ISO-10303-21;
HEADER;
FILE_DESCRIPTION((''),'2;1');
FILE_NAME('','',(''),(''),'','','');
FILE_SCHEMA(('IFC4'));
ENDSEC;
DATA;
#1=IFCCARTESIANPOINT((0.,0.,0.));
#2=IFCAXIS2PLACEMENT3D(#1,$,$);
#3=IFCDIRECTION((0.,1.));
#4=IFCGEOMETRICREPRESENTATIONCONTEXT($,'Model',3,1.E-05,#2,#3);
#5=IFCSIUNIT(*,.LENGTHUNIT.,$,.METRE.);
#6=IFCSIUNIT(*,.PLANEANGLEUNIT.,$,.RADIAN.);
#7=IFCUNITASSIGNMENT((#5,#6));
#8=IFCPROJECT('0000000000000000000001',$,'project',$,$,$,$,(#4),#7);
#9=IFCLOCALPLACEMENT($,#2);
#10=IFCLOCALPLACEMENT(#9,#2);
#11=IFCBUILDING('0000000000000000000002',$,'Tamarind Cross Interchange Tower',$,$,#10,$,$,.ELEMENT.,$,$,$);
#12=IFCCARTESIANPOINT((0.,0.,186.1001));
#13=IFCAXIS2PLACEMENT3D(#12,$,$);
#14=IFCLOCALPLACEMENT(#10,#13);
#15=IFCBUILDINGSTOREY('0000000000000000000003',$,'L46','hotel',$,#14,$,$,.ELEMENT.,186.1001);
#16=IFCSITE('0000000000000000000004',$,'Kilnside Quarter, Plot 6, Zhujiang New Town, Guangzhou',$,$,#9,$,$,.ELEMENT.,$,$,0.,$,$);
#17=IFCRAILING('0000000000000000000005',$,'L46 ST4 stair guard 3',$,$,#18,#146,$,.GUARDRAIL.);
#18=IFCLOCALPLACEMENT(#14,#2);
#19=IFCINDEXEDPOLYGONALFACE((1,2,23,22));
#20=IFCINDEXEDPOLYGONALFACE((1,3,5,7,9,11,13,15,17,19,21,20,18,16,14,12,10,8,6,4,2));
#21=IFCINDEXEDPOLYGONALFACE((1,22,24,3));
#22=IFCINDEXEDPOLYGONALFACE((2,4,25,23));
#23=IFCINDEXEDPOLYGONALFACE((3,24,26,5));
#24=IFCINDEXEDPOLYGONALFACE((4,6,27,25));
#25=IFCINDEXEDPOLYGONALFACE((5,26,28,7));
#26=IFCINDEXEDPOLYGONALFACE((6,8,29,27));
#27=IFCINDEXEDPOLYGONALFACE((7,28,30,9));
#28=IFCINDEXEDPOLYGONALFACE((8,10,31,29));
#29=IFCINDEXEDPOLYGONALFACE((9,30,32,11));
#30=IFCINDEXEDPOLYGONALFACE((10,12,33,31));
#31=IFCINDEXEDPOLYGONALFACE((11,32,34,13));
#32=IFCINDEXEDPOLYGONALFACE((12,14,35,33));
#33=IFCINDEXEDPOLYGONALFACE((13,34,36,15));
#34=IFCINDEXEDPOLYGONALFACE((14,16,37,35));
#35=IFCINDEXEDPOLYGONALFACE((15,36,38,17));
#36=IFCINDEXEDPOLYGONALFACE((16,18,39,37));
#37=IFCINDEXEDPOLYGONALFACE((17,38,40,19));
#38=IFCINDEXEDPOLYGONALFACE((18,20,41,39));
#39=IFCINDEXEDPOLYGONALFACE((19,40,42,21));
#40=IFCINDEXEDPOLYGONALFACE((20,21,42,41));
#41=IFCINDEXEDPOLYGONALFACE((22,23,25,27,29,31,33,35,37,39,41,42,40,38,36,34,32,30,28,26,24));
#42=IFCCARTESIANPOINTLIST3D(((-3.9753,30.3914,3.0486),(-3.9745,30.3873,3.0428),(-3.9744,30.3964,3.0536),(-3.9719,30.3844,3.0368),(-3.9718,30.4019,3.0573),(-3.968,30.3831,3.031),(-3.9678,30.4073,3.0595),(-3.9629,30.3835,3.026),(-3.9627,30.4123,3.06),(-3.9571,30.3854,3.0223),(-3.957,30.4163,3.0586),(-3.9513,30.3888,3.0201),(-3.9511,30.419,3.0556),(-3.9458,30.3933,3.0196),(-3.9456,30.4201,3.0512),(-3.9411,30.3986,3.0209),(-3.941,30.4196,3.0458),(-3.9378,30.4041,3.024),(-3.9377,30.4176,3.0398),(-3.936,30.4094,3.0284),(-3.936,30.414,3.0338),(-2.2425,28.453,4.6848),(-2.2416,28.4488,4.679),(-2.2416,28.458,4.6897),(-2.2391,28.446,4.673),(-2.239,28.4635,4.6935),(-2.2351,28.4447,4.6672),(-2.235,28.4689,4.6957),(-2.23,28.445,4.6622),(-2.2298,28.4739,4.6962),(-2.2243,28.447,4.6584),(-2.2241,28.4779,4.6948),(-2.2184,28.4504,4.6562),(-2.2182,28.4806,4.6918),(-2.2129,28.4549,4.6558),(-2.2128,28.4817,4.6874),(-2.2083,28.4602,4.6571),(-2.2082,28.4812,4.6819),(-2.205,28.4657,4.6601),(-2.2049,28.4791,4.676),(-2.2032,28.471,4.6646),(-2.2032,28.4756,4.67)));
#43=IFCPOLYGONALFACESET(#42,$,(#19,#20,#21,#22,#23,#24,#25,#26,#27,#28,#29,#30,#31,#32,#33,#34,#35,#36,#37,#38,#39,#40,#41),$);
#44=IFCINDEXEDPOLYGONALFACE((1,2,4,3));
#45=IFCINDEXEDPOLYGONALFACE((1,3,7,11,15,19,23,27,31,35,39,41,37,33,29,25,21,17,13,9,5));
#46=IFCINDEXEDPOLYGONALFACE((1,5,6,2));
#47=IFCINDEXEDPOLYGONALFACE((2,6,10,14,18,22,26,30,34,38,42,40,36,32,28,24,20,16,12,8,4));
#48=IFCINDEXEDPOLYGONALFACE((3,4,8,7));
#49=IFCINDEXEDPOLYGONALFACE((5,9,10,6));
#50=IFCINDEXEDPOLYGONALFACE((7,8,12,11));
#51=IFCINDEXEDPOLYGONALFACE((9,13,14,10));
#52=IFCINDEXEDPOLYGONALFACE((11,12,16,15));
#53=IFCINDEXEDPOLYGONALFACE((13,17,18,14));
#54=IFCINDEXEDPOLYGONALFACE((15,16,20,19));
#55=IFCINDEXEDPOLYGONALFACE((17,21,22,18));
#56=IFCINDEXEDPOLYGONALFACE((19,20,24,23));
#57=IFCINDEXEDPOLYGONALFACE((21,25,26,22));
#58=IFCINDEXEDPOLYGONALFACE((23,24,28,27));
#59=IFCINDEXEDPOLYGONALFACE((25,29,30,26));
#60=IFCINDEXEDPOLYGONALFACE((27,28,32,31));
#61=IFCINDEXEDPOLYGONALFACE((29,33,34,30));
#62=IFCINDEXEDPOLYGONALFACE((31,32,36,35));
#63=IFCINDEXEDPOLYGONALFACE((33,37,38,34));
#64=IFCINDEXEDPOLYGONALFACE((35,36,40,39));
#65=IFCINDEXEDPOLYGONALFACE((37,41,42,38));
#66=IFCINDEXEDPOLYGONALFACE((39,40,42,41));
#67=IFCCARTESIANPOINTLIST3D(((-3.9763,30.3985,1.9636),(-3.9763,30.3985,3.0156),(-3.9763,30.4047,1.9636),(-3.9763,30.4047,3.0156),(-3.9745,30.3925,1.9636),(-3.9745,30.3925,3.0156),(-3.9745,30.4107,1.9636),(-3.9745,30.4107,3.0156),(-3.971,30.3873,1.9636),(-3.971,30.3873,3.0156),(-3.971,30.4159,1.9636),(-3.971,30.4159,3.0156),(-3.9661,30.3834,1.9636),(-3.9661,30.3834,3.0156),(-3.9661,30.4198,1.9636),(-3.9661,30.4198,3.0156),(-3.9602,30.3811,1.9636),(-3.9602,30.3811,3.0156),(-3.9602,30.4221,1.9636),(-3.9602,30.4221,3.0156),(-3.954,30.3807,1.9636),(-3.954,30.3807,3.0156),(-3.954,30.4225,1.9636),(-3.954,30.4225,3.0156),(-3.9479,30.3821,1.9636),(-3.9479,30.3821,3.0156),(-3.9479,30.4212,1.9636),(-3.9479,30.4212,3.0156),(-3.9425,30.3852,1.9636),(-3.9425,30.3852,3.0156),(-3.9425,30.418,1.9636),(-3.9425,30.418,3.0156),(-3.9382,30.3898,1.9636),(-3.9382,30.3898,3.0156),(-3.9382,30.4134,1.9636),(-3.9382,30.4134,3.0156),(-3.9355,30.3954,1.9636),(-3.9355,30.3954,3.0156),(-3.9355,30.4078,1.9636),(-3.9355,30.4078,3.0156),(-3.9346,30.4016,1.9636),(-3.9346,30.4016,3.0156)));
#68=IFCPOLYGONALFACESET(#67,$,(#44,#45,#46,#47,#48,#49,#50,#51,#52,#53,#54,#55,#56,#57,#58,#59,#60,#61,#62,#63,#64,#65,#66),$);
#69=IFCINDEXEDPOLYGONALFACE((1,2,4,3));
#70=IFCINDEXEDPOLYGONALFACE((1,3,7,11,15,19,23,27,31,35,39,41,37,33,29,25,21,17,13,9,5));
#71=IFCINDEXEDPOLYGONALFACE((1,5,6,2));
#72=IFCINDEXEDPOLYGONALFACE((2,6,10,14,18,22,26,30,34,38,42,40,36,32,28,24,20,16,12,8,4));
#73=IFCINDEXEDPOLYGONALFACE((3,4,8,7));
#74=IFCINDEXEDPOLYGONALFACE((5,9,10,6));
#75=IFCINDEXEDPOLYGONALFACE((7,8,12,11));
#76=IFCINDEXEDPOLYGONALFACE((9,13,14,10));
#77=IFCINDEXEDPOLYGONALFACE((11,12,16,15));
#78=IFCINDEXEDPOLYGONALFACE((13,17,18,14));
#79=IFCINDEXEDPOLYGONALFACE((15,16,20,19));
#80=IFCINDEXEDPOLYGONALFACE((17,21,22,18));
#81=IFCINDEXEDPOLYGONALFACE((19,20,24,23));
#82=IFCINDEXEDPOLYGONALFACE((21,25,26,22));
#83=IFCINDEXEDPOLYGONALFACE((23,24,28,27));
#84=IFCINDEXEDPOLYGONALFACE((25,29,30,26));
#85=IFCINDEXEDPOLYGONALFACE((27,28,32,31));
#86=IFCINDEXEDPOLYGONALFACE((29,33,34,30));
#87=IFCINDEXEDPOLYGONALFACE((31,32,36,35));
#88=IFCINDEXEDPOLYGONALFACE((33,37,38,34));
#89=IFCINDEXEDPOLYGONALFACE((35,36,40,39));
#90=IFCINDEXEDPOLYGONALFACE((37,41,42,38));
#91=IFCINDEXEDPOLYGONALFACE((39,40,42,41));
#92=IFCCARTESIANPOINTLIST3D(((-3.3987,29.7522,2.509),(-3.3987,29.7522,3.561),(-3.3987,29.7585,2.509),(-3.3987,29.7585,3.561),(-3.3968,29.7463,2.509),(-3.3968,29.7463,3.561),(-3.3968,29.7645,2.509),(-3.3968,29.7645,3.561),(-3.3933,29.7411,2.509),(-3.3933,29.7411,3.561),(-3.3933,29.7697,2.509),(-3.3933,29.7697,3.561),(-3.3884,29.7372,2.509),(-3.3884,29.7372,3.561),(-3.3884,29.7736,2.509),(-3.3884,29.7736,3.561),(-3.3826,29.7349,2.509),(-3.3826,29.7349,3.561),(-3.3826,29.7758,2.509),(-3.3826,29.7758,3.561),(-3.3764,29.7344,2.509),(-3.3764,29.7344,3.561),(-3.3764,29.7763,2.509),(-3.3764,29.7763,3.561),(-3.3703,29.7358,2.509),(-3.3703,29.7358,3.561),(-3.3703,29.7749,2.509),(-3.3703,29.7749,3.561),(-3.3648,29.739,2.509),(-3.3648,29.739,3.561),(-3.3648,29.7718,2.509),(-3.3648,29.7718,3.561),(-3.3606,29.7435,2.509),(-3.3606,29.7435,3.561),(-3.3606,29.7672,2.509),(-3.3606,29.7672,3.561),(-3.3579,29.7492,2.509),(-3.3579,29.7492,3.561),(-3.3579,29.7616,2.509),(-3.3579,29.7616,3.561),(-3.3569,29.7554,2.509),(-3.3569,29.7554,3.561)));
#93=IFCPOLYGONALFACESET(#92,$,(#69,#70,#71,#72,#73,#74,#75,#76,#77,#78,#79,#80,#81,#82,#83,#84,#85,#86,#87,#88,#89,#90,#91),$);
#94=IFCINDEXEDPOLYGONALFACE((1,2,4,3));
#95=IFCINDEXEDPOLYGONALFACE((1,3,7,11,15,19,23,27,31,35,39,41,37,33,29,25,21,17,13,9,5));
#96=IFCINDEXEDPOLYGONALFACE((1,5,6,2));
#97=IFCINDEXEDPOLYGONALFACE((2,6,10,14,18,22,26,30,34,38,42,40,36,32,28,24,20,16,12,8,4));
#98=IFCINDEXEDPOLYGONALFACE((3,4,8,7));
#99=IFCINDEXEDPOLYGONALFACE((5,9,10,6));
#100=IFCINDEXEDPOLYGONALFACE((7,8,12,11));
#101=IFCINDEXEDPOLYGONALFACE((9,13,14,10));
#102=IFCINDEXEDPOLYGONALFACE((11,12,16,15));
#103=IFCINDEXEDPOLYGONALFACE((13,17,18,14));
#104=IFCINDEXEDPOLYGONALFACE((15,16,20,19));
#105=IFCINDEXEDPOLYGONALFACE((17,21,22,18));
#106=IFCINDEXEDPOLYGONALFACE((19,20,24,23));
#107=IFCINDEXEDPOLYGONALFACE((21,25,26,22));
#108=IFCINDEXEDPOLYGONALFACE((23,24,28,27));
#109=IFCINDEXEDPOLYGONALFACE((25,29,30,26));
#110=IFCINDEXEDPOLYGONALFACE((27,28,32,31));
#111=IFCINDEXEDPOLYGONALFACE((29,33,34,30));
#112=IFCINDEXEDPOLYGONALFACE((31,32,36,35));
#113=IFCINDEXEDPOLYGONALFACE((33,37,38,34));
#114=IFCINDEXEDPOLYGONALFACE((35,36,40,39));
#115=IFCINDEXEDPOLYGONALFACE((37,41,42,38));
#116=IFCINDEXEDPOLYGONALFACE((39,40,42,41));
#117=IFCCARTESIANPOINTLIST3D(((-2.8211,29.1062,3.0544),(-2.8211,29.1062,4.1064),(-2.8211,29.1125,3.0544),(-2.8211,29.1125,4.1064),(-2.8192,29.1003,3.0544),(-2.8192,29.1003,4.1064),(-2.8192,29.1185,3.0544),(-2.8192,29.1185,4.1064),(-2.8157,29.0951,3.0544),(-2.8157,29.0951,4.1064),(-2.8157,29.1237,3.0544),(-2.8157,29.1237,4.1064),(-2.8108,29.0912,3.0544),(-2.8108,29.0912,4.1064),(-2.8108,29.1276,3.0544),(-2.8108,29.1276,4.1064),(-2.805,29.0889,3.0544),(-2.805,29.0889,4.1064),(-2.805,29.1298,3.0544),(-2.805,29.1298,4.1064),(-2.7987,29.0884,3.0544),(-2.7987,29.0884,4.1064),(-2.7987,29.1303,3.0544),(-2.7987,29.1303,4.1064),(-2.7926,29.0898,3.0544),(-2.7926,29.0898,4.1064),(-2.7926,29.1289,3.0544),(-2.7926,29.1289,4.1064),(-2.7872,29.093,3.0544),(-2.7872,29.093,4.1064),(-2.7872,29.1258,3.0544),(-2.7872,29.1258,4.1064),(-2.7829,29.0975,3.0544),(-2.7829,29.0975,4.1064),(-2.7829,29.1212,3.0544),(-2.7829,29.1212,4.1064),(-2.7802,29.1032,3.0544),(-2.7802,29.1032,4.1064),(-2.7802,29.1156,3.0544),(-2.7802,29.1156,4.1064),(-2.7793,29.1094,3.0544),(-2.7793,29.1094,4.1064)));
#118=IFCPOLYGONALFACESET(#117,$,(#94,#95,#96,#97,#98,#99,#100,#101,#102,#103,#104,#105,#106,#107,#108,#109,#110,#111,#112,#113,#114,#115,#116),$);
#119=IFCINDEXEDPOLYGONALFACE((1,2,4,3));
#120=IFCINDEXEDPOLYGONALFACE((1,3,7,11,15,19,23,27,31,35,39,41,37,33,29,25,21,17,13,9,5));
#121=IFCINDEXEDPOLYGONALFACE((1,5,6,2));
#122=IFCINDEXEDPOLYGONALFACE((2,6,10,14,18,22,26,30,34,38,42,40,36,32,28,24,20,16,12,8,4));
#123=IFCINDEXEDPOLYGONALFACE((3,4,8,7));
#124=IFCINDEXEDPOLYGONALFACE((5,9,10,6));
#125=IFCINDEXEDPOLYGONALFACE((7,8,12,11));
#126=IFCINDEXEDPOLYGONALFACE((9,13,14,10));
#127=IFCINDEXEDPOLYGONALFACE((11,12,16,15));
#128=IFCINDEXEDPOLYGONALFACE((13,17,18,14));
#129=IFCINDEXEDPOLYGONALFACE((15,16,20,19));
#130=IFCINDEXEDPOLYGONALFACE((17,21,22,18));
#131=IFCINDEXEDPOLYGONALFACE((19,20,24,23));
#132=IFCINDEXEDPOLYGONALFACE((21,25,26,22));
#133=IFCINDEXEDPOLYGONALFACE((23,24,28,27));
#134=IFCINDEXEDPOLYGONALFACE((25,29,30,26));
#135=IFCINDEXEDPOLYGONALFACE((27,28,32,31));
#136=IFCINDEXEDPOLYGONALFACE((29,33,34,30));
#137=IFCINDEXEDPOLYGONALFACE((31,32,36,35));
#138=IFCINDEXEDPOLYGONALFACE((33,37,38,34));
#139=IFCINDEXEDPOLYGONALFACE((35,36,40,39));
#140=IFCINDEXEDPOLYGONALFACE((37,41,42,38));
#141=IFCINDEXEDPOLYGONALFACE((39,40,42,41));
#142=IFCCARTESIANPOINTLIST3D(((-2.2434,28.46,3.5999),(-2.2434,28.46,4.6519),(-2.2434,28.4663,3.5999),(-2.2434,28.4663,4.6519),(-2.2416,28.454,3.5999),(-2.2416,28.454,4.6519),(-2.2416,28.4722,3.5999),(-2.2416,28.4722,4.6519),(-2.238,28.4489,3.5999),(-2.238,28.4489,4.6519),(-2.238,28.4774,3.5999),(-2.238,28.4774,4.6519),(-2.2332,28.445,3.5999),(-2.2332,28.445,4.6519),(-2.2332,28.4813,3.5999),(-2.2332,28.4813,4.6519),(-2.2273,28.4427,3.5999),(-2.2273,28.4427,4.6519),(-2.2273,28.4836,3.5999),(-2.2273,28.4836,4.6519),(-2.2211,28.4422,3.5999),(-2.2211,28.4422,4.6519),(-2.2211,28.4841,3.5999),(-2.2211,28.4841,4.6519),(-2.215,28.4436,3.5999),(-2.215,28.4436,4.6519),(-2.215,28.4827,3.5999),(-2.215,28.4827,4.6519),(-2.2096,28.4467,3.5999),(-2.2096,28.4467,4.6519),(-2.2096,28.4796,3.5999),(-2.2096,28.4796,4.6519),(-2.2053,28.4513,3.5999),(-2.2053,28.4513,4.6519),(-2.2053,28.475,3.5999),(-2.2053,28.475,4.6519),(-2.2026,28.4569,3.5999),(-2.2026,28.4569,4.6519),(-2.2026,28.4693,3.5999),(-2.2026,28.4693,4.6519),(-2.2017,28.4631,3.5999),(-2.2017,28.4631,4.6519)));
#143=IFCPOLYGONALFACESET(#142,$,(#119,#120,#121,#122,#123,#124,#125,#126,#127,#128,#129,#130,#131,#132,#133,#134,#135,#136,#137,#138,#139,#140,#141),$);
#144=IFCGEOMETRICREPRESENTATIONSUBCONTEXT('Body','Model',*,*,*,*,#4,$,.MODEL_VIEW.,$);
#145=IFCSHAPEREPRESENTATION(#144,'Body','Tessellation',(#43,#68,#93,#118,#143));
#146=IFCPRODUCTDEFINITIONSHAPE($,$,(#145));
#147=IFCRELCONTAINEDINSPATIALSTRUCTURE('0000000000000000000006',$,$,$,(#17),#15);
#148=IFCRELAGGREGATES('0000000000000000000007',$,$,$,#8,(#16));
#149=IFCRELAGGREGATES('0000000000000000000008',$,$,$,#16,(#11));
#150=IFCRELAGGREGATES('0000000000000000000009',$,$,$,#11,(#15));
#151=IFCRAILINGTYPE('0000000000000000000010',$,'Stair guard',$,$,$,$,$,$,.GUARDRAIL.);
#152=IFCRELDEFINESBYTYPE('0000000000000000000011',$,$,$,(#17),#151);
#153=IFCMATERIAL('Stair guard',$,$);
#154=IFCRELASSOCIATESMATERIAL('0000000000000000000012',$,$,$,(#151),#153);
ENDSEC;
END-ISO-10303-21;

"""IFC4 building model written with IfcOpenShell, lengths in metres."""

from ifc_helpers import new_model, si_unit, direction, frame, origin, origin_2d, place, context, subcontext, project, spatial, circle, extrude, material, type_object, element, save


model = new_model("IFC4")

# Units and contexts
model_context = context("Model", 3, precision=1e-05, world=origin(), true_north=direction((0.0, 1.0)))
body_context = subcontext(model_context, "Body", "Model", "MODEL_VIEW")
ifc_project = project(units=[si_unit("LENGTHUNIT", "METRE"), si_unit("PLANEANGLEUNIT", "RADIAN")], contexts=[model_context])

# Site, building, storey
site_placement = place(None, origin())
site = spatial("IfcSite", under=ifc_project, at=site_placement, Name="Kilnside Quarter, Plot 6, Zhujiang New Town, Guangzhou", CompositionType="ELEMENT", RefElevation=0.0)
building_placement = place(site_placement, origin())
building = spatial("IfcBuilding", under=site, at=building_placement, Name="Tamarind Cross Interchange Tower", CompositionType="ELEMENT")
storey_placement = place(building_placement, frame((0.0, 0.0, 186.1001)))
storey = spatial("IfcBuildingStorey", under=building, at=storey_placement, Name="L46", Description="hotel", CompositionType="ELEMENT", Elevation=186.1001)

# Railing
ifc_material_1 = material(Name="Stair guard")
railing_type_1 = type_object("IfcRailingType", Name="Stair guard", PredefinedType="GUARDRAIL", material=ifc_material_1)
railing_1_placement = place(storey_placement, frame((-3.9556, 30.4016, 1.9636)))
element("IfcRailing", 1, at=railing_1_placement, inside=storey, type_object=railing_type_1, Name="L46 ST4 stair guard 3", PredefinedType="GUARDRAIL", context=body_context, shape_type="SweptSolid", body=[
    extrude(circle(Radius=0.0239, at=origin_2d()), frame((0.0, 0.0, 1.0762), z_axis=(0.564076, -0.63099, 0.532606), x_axis=(0.745531, 0.666471, 0.0)), (0.0, 0.0, 1.0), 3.072),
    extrude(circle(Radius=0.021, at=origin_2d()), origin(), (0.0, 0.0, 1.0), 1.052),
    extrude(circle(Radius=0.021, at=origin_2d()), frame((0.5776, -0.6462, 0.5454)), (0.0, 0.0, 1.0), 1.052),
    extrude(circle(Radius=0.021, at=origin_2d()), frame((1.1553, -1.2922, 1.0908)), (0.0, 0.0, 1.0), 1.052),
    extrude(circle(Radius=0.021, at=origin_2d()), frame((1.7329, -1.9385, 1.6362)), (0.0, 0.0, 1.0), 1.052),
])

save(model, "model.ifc")
